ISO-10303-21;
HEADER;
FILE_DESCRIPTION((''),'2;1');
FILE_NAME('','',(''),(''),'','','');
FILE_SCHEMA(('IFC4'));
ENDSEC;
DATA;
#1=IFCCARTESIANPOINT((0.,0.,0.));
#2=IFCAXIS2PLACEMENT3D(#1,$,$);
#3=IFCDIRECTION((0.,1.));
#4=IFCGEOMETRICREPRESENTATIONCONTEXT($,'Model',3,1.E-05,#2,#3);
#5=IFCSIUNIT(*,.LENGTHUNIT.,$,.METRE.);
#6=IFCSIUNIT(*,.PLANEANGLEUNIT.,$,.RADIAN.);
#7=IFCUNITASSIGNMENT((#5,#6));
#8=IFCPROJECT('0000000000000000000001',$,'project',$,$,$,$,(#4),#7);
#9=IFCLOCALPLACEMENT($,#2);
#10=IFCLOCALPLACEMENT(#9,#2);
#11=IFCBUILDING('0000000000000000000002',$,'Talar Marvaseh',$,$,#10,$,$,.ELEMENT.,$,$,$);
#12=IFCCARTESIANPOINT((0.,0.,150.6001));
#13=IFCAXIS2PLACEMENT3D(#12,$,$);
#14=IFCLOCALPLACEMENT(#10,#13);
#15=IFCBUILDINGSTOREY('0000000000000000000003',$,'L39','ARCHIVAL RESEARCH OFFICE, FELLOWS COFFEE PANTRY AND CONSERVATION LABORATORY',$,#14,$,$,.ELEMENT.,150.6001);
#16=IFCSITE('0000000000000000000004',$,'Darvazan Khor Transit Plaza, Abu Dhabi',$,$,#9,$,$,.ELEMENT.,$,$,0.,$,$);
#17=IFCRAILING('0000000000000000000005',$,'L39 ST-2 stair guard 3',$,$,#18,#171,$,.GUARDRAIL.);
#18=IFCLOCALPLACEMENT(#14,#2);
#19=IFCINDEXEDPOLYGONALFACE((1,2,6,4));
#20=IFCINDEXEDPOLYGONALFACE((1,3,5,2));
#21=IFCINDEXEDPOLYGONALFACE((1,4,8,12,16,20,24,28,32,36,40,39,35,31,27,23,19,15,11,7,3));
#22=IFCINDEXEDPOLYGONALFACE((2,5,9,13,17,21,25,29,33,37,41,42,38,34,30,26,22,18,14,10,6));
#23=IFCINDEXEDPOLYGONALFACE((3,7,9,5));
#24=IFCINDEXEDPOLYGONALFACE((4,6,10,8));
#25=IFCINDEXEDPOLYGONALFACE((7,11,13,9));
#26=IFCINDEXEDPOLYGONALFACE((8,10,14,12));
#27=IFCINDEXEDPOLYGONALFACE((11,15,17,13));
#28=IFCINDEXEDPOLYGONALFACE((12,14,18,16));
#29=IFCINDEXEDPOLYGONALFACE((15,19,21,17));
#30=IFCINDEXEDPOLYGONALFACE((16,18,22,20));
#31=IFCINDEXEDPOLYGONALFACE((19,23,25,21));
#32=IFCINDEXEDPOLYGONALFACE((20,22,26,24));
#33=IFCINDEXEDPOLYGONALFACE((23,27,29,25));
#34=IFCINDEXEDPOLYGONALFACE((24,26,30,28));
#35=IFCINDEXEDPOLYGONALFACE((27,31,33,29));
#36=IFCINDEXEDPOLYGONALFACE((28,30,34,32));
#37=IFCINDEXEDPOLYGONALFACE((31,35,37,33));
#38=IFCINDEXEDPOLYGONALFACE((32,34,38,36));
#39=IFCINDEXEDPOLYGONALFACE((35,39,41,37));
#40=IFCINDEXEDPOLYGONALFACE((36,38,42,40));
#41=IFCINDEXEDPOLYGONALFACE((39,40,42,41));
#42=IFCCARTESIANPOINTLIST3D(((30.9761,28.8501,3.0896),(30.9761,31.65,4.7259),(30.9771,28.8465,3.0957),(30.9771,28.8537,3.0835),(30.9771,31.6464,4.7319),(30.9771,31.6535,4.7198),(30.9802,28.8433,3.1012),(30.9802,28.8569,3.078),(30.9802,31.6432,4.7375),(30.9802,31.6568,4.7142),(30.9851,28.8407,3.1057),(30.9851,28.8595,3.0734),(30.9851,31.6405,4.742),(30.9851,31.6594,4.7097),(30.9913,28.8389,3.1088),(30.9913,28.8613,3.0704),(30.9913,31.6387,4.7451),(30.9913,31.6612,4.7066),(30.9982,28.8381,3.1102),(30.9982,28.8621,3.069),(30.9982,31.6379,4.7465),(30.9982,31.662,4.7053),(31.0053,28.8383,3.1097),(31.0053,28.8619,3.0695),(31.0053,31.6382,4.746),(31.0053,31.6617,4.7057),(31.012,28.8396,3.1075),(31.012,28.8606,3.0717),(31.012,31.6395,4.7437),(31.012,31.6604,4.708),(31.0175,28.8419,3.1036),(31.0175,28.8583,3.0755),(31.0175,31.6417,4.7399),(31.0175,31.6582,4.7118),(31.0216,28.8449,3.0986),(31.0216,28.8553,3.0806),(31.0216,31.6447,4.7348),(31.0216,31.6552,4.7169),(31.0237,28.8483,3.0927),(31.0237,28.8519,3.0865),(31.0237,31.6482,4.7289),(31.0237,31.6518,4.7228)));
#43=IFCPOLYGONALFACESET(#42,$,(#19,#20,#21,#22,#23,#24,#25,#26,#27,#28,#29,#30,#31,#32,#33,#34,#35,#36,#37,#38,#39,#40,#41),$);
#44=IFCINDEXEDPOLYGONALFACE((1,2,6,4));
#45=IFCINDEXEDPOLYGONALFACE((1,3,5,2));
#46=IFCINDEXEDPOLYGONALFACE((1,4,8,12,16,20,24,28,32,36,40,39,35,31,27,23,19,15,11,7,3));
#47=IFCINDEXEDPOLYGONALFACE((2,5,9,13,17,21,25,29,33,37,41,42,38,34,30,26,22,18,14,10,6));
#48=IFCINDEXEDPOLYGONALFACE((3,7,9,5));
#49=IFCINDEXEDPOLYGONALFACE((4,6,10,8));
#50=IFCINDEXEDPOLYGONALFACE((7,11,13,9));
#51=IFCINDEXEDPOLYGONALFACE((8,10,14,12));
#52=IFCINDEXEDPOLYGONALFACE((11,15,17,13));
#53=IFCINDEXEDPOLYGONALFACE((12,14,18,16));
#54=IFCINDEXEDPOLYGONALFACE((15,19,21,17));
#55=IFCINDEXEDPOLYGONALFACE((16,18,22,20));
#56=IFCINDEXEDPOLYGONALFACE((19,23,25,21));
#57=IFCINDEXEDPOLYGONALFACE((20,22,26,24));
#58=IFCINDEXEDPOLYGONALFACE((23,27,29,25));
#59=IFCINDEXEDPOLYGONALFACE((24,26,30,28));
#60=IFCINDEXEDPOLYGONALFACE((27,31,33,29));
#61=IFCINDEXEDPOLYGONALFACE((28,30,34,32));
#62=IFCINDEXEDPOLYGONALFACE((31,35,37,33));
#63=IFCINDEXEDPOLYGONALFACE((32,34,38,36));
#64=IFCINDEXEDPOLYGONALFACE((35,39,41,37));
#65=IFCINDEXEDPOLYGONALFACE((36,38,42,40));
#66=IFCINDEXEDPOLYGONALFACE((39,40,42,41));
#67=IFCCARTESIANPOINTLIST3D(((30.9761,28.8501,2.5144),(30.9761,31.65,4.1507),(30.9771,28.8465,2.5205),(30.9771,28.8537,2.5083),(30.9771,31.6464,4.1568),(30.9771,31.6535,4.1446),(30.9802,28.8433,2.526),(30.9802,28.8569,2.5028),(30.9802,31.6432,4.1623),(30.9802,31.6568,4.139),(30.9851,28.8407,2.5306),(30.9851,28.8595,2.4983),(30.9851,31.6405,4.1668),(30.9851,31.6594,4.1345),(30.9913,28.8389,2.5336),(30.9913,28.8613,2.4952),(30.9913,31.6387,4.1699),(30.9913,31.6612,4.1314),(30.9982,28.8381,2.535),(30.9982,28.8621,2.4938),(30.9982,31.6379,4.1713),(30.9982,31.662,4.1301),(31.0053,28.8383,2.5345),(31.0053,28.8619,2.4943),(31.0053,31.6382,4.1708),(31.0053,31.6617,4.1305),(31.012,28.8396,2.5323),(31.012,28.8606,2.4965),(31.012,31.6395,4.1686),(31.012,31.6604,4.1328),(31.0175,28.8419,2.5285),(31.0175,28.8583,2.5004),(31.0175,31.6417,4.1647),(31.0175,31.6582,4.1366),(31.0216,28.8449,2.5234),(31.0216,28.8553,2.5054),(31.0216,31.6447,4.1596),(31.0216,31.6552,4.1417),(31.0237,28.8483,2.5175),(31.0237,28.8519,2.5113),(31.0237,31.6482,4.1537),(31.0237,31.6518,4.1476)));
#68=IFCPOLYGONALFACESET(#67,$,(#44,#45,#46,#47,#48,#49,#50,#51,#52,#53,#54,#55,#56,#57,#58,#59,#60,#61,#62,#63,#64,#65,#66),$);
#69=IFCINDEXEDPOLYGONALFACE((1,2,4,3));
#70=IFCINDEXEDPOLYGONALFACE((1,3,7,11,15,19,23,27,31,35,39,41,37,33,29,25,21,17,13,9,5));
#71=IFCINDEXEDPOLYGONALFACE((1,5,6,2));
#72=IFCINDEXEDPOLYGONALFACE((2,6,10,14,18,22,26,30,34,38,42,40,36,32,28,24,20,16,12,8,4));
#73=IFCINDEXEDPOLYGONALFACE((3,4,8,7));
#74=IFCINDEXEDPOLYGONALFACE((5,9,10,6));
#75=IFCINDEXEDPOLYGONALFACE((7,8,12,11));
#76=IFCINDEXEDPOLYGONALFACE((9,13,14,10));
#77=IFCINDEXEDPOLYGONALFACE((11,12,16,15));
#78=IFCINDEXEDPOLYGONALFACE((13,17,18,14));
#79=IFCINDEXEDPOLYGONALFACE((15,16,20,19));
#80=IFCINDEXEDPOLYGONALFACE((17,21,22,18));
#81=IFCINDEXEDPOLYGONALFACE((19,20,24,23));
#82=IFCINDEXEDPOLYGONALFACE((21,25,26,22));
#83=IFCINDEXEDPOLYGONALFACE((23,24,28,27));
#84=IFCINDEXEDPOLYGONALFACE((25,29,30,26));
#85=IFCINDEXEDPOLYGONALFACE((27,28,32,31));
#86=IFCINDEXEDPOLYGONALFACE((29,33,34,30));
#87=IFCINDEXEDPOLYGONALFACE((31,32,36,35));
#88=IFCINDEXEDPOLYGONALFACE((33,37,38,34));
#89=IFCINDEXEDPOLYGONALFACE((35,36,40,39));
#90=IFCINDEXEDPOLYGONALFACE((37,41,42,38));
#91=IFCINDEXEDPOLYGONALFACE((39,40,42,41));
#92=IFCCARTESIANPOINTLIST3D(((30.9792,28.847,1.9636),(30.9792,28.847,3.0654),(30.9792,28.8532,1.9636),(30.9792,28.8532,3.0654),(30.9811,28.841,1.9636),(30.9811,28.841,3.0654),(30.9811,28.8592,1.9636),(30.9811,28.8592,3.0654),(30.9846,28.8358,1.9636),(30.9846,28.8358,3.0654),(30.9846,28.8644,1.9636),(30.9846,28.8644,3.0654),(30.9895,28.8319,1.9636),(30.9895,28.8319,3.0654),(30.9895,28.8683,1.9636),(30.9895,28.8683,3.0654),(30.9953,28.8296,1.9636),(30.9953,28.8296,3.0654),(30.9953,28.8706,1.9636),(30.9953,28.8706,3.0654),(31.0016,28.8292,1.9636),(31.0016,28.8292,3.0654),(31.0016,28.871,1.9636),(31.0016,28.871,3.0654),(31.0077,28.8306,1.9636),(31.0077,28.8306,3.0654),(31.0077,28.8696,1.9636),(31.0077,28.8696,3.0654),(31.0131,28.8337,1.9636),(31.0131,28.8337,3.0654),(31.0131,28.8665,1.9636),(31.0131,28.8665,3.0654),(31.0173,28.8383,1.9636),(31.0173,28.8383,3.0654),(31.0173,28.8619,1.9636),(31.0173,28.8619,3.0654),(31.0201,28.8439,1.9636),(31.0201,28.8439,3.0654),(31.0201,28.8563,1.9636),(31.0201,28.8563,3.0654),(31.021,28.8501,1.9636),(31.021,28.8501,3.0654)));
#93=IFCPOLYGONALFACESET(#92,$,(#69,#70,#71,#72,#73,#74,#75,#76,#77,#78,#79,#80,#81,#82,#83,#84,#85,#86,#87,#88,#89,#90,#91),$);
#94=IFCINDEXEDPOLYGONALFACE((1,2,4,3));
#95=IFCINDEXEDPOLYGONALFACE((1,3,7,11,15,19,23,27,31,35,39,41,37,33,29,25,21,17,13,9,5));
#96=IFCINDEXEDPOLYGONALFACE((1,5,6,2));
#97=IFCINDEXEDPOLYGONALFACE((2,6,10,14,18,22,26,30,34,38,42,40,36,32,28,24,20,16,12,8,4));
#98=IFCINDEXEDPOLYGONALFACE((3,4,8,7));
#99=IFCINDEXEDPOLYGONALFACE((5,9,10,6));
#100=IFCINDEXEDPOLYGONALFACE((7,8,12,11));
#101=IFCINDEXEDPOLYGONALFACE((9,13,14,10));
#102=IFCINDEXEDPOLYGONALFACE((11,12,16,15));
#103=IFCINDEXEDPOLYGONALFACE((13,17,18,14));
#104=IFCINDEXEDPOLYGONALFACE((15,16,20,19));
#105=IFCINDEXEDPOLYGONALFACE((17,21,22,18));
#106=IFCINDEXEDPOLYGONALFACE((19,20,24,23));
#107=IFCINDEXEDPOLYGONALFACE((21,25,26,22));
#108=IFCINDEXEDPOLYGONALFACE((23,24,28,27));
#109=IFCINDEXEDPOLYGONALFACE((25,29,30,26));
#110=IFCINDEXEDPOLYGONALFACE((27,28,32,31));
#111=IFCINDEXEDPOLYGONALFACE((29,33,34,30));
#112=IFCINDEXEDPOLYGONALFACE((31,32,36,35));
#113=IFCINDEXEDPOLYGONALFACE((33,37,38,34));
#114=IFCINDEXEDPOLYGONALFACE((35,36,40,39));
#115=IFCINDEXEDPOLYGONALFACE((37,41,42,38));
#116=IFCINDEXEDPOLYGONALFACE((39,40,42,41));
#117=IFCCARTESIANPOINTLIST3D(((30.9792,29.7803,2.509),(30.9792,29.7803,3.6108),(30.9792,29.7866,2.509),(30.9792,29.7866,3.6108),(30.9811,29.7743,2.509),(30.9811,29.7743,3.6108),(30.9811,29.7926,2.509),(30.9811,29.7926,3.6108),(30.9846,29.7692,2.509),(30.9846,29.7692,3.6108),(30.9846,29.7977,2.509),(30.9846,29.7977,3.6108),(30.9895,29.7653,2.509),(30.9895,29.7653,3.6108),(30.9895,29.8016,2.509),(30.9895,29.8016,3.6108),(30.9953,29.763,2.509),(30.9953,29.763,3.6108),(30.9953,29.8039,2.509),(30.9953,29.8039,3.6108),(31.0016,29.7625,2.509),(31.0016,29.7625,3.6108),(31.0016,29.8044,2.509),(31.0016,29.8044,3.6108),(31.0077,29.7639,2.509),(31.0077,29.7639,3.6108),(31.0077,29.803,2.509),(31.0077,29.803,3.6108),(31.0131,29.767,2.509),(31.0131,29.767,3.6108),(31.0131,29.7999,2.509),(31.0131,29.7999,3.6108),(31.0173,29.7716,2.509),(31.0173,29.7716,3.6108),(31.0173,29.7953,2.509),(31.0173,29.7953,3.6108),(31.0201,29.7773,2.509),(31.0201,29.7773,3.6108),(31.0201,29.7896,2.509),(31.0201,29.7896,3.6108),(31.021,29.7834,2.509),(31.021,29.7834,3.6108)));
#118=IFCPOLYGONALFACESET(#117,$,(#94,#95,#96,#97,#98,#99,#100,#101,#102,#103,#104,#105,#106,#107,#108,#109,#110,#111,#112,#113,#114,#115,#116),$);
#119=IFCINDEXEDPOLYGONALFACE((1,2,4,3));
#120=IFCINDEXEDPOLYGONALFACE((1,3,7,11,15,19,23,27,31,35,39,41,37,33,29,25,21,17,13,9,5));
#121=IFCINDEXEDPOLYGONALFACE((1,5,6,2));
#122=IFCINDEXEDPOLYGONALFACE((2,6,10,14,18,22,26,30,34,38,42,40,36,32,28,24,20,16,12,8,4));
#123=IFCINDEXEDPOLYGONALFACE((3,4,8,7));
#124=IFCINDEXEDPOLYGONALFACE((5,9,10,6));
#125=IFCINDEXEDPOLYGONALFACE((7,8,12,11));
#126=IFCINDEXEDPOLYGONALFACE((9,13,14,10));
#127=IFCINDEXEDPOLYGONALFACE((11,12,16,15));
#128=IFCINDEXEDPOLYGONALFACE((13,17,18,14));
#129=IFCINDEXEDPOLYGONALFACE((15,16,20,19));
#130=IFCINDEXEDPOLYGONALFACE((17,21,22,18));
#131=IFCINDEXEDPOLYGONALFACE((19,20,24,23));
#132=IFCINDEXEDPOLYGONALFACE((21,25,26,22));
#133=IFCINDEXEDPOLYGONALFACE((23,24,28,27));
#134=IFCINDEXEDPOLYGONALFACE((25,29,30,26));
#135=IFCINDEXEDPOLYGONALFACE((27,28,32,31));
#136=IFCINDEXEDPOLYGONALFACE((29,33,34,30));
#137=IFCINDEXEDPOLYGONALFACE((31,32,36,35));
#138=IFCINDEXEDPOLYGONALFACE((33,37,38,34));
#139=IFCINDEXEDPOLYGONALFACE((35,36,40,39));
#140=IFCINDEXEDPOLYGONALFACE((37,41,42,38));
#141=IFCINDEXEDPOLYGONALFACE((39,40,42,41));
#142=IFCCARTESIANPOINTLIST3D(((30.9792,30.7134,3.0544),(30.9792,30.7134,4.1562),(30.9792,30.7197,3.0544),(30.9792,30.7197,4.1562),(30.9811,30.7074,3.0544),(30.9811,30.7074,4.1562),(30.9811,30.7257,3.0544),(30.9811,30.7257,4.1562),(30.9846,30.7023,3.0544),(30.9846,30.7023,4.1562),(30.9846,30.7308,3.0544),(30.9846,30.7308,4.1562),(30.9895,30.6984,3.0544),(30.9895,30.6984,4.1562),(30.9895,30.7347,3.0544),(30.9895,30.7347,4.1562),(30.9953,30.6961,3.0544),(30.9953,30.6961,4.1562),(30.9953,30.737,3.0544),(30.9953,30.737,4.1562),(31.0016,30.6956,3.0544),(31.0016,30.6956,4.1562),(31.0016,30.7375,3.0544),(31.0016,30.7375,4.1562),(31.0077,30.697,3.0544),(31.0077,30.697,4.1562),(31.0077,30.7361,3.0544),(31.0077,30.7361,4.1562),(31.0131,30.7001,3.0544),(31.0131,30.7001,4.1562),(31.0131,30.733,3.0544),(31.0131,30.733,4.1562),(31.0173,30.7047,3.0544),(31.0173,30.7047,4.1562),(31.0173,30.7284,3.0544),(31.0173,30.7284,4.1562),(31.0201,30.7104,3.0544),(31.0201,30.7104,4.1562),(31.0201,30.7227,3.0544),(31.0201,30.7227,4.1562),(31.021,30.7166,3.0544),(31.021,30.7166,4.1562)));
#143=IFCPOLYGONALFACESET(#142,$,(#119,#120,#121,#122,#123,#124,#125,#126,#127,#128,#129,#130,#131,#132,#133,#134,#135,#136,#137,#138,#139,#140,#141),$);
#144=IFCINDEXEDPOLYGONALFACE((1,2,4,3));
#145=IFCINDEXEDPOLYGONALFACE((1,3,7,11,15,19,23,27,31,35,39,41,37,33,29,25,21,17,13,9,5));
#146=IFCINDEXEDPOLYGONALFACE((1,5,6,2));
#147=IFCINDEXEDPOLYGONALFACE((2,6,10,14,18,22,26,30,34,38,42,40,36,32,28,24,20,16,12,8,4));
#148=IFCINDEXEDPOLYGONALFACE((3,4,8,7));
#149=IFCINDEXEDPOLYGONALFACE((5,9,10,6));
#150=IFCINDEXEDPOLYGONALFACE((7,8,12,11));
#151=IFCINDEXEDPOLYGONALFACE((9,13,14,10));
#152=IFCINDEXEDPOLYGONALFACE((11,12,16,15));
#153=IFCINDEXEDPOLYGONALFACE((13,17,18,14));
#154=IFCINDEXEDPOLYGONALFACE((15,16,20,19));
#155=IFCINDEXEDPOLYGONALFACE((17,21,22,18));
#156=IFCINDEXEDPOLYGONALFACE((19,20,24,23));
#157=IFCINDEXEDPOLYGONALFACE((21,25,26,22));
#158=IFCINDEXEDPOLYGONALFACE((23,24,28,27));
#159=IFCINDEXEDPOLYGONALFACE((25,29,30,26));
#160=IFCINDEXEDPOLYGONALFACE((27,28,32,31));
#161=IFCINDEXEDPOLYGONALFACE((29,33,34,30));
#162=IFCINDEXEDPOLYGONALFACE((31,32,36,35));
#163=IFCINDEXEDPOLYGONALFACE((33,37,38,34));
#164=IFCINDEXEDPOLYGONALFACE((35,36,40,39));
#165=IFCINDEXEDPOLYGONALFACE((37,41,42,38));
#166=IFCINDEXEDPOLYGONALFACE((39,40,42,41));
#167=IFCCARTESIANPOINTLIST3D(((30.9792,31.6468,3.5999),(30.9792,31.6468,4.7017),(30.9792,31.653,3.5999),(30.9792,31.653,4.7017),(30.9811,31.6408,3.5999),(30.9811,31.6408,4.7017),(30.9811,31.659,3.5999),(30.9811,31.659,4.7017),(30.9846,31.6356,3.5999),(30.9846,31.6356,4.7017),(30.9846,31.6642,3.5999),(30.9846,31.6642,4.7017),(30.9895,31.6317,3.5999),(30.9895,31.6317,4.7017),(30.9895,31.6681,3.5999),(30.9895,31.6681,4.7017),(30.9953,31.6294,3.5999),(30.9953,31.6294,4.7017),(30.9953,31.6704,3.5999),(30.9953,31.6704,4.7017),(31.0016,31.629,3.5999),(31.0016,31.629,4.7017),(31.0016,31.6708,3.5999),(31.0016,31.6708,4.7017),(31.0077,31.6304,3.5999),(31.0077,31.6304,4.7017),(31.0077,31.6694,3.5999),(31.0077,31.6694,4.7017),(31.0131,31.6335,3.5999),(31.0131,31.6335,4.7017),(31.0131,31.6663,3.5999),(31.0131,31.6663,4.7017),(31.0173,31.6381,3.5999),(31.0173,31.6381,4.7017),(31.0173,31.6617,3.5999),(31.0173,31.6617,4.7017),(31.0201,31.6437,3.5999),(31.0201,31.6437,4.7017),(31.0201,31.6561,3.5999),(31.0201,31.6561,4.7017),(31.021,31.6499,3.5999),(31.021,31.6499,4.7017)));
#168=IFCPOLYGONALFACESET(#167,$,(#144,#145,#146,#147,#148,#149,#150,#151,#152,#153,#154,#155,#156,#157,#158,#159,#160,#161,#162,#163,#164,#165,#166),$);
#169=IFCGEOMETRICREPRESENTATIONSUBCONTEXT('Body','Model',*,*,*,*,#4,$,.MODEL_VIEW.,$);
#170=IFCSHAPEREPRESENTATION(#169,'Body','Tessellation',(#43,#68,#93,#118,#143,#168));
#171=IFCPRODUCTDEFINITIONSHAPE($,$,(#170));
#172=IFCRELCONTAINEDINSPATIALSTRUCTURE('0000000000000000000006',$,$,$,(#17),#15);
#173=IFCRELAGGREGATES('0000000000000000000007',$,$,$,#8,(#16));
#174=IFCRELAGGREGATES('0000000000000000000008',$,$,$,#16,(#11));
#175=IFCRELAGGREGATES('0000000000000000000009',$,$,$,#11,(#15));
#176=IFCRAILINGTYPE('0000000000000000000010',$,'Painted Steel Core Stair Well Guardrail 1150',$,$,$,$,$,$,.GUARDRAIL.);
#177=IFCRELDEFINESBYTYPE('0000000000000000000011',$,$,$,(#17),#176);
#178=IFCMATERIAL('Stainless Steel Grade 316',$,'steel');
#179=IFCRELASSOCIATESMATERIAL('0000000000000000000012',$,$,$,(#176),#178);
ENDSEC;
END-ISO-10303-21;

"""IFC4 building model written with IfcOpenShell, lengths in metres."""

from ifc_helpers import new_model, si_unit, direction, frame, origin, origin_2d, place, context, subcontext, project, spatial, circle, extrude, material, type_object, element, save


model = new_model("IFC4")

# Units and contexts
model_context = context("Model", 3, precision=1e-05, world=origin(), true_north=direction((0.0, 1.0)))
body_context = subcontext(model_context, "Body", "Model", "MODEL_VIEW")
ifc_project = project(units=[si_unit("LENGTHUNIT", "METRE"), si_unit("PLANEANGLEUNIT", "RADIAN")], contexts=[model_context])

# Site, building, storey
site_placement = place(None, origin())
site = spatial("IfcSite", under=ifc_project, at=site_placement, Name="Darvazan Khor Transit Plaza, Abu Dhabi", CompositionType="ELEMENT", RefElevation=0.0)
building_placement = place(site_placement, origin())
building = spatial("IfcBuilding", under=site, at=building_placement, Name="Talar Marvaseh", CompositionType="ELEMENT")
storey_placement = place(building_placement, frame((0.0, 0.0, 150.6001)))
storey = spatial("IfcBuildingStorey", under=building, at=storey_placement, Name="L39", Description="ARCHIVAL RESEARCH OFFICE, FELLOWS COFFEE PANTRY AND CONSERVATION LABORATORY", CompositionType="ELEMENT", Elevation=150.6001)

# Shared definitions
ifc_material_1 = material(Name="Stainless Steel Grade 316", Category="steel")

# Railing
railing_type_1 = type_object("IfcRailingType", Name="Painted Steel Core Stair Well Guardrail 1150", PredefinedType="GUARDRAIL", material=ifc_material_1)
railing_1_placement = place(storey_placement, frame((31.0, 28.8501, 1.9636)))
element("IfcRailing", 1, at=railing_1_placement, inside=storey, type_object=railing_type_1, Name="L39 ST-2 stair guard 3", PredefinedType="GUARDRAIL", context=body_context, shape_type="SweptSolid", body=[
    extrude(circle(Radius=0.0239, at=origin_2d()), frame((0.0, 0.0, 1.126), z_axis=(0.0, 0.863374, 0.504564), x_axis=(-1.0, 0.0, 0.0)), (0.0, 0.0, 1.0), 3.2429),
    extrude(circle(Radius=0.0239, at=origin_2d()), frame((0.0, 0.0, 0.5508), z_axis=(0.0, 0.863374, 0.504564), x_axis=(-1.0, 0.0, 0.0)), (0.0, 0.0, 1.0), 3.2429),
    extrude(circle(Radius=0.021, at=origin_2d()), origin(), (0.0, 0.0, 1.0), 1.1018),
    extrude(circle(Radius=0.021, at=origin_2d()), frame((0.0, 0.9333, 0.5454)), (0.0, 0.0, 1.0), 1.1018),
    extrude(circle(Radius=0.021, at=origin_2d()), frame((0.0, 1.8665, 1.0908)), (0.0, 0.0, 1.0), 1.1018),
    extrude(circle(Radius=0.021, at=origin_2d()), frame((0.0, 2.7998, 1.6362)), (0.0, 0.0, 1.0), 1.1018),
])

save(model, "model.ifc")
